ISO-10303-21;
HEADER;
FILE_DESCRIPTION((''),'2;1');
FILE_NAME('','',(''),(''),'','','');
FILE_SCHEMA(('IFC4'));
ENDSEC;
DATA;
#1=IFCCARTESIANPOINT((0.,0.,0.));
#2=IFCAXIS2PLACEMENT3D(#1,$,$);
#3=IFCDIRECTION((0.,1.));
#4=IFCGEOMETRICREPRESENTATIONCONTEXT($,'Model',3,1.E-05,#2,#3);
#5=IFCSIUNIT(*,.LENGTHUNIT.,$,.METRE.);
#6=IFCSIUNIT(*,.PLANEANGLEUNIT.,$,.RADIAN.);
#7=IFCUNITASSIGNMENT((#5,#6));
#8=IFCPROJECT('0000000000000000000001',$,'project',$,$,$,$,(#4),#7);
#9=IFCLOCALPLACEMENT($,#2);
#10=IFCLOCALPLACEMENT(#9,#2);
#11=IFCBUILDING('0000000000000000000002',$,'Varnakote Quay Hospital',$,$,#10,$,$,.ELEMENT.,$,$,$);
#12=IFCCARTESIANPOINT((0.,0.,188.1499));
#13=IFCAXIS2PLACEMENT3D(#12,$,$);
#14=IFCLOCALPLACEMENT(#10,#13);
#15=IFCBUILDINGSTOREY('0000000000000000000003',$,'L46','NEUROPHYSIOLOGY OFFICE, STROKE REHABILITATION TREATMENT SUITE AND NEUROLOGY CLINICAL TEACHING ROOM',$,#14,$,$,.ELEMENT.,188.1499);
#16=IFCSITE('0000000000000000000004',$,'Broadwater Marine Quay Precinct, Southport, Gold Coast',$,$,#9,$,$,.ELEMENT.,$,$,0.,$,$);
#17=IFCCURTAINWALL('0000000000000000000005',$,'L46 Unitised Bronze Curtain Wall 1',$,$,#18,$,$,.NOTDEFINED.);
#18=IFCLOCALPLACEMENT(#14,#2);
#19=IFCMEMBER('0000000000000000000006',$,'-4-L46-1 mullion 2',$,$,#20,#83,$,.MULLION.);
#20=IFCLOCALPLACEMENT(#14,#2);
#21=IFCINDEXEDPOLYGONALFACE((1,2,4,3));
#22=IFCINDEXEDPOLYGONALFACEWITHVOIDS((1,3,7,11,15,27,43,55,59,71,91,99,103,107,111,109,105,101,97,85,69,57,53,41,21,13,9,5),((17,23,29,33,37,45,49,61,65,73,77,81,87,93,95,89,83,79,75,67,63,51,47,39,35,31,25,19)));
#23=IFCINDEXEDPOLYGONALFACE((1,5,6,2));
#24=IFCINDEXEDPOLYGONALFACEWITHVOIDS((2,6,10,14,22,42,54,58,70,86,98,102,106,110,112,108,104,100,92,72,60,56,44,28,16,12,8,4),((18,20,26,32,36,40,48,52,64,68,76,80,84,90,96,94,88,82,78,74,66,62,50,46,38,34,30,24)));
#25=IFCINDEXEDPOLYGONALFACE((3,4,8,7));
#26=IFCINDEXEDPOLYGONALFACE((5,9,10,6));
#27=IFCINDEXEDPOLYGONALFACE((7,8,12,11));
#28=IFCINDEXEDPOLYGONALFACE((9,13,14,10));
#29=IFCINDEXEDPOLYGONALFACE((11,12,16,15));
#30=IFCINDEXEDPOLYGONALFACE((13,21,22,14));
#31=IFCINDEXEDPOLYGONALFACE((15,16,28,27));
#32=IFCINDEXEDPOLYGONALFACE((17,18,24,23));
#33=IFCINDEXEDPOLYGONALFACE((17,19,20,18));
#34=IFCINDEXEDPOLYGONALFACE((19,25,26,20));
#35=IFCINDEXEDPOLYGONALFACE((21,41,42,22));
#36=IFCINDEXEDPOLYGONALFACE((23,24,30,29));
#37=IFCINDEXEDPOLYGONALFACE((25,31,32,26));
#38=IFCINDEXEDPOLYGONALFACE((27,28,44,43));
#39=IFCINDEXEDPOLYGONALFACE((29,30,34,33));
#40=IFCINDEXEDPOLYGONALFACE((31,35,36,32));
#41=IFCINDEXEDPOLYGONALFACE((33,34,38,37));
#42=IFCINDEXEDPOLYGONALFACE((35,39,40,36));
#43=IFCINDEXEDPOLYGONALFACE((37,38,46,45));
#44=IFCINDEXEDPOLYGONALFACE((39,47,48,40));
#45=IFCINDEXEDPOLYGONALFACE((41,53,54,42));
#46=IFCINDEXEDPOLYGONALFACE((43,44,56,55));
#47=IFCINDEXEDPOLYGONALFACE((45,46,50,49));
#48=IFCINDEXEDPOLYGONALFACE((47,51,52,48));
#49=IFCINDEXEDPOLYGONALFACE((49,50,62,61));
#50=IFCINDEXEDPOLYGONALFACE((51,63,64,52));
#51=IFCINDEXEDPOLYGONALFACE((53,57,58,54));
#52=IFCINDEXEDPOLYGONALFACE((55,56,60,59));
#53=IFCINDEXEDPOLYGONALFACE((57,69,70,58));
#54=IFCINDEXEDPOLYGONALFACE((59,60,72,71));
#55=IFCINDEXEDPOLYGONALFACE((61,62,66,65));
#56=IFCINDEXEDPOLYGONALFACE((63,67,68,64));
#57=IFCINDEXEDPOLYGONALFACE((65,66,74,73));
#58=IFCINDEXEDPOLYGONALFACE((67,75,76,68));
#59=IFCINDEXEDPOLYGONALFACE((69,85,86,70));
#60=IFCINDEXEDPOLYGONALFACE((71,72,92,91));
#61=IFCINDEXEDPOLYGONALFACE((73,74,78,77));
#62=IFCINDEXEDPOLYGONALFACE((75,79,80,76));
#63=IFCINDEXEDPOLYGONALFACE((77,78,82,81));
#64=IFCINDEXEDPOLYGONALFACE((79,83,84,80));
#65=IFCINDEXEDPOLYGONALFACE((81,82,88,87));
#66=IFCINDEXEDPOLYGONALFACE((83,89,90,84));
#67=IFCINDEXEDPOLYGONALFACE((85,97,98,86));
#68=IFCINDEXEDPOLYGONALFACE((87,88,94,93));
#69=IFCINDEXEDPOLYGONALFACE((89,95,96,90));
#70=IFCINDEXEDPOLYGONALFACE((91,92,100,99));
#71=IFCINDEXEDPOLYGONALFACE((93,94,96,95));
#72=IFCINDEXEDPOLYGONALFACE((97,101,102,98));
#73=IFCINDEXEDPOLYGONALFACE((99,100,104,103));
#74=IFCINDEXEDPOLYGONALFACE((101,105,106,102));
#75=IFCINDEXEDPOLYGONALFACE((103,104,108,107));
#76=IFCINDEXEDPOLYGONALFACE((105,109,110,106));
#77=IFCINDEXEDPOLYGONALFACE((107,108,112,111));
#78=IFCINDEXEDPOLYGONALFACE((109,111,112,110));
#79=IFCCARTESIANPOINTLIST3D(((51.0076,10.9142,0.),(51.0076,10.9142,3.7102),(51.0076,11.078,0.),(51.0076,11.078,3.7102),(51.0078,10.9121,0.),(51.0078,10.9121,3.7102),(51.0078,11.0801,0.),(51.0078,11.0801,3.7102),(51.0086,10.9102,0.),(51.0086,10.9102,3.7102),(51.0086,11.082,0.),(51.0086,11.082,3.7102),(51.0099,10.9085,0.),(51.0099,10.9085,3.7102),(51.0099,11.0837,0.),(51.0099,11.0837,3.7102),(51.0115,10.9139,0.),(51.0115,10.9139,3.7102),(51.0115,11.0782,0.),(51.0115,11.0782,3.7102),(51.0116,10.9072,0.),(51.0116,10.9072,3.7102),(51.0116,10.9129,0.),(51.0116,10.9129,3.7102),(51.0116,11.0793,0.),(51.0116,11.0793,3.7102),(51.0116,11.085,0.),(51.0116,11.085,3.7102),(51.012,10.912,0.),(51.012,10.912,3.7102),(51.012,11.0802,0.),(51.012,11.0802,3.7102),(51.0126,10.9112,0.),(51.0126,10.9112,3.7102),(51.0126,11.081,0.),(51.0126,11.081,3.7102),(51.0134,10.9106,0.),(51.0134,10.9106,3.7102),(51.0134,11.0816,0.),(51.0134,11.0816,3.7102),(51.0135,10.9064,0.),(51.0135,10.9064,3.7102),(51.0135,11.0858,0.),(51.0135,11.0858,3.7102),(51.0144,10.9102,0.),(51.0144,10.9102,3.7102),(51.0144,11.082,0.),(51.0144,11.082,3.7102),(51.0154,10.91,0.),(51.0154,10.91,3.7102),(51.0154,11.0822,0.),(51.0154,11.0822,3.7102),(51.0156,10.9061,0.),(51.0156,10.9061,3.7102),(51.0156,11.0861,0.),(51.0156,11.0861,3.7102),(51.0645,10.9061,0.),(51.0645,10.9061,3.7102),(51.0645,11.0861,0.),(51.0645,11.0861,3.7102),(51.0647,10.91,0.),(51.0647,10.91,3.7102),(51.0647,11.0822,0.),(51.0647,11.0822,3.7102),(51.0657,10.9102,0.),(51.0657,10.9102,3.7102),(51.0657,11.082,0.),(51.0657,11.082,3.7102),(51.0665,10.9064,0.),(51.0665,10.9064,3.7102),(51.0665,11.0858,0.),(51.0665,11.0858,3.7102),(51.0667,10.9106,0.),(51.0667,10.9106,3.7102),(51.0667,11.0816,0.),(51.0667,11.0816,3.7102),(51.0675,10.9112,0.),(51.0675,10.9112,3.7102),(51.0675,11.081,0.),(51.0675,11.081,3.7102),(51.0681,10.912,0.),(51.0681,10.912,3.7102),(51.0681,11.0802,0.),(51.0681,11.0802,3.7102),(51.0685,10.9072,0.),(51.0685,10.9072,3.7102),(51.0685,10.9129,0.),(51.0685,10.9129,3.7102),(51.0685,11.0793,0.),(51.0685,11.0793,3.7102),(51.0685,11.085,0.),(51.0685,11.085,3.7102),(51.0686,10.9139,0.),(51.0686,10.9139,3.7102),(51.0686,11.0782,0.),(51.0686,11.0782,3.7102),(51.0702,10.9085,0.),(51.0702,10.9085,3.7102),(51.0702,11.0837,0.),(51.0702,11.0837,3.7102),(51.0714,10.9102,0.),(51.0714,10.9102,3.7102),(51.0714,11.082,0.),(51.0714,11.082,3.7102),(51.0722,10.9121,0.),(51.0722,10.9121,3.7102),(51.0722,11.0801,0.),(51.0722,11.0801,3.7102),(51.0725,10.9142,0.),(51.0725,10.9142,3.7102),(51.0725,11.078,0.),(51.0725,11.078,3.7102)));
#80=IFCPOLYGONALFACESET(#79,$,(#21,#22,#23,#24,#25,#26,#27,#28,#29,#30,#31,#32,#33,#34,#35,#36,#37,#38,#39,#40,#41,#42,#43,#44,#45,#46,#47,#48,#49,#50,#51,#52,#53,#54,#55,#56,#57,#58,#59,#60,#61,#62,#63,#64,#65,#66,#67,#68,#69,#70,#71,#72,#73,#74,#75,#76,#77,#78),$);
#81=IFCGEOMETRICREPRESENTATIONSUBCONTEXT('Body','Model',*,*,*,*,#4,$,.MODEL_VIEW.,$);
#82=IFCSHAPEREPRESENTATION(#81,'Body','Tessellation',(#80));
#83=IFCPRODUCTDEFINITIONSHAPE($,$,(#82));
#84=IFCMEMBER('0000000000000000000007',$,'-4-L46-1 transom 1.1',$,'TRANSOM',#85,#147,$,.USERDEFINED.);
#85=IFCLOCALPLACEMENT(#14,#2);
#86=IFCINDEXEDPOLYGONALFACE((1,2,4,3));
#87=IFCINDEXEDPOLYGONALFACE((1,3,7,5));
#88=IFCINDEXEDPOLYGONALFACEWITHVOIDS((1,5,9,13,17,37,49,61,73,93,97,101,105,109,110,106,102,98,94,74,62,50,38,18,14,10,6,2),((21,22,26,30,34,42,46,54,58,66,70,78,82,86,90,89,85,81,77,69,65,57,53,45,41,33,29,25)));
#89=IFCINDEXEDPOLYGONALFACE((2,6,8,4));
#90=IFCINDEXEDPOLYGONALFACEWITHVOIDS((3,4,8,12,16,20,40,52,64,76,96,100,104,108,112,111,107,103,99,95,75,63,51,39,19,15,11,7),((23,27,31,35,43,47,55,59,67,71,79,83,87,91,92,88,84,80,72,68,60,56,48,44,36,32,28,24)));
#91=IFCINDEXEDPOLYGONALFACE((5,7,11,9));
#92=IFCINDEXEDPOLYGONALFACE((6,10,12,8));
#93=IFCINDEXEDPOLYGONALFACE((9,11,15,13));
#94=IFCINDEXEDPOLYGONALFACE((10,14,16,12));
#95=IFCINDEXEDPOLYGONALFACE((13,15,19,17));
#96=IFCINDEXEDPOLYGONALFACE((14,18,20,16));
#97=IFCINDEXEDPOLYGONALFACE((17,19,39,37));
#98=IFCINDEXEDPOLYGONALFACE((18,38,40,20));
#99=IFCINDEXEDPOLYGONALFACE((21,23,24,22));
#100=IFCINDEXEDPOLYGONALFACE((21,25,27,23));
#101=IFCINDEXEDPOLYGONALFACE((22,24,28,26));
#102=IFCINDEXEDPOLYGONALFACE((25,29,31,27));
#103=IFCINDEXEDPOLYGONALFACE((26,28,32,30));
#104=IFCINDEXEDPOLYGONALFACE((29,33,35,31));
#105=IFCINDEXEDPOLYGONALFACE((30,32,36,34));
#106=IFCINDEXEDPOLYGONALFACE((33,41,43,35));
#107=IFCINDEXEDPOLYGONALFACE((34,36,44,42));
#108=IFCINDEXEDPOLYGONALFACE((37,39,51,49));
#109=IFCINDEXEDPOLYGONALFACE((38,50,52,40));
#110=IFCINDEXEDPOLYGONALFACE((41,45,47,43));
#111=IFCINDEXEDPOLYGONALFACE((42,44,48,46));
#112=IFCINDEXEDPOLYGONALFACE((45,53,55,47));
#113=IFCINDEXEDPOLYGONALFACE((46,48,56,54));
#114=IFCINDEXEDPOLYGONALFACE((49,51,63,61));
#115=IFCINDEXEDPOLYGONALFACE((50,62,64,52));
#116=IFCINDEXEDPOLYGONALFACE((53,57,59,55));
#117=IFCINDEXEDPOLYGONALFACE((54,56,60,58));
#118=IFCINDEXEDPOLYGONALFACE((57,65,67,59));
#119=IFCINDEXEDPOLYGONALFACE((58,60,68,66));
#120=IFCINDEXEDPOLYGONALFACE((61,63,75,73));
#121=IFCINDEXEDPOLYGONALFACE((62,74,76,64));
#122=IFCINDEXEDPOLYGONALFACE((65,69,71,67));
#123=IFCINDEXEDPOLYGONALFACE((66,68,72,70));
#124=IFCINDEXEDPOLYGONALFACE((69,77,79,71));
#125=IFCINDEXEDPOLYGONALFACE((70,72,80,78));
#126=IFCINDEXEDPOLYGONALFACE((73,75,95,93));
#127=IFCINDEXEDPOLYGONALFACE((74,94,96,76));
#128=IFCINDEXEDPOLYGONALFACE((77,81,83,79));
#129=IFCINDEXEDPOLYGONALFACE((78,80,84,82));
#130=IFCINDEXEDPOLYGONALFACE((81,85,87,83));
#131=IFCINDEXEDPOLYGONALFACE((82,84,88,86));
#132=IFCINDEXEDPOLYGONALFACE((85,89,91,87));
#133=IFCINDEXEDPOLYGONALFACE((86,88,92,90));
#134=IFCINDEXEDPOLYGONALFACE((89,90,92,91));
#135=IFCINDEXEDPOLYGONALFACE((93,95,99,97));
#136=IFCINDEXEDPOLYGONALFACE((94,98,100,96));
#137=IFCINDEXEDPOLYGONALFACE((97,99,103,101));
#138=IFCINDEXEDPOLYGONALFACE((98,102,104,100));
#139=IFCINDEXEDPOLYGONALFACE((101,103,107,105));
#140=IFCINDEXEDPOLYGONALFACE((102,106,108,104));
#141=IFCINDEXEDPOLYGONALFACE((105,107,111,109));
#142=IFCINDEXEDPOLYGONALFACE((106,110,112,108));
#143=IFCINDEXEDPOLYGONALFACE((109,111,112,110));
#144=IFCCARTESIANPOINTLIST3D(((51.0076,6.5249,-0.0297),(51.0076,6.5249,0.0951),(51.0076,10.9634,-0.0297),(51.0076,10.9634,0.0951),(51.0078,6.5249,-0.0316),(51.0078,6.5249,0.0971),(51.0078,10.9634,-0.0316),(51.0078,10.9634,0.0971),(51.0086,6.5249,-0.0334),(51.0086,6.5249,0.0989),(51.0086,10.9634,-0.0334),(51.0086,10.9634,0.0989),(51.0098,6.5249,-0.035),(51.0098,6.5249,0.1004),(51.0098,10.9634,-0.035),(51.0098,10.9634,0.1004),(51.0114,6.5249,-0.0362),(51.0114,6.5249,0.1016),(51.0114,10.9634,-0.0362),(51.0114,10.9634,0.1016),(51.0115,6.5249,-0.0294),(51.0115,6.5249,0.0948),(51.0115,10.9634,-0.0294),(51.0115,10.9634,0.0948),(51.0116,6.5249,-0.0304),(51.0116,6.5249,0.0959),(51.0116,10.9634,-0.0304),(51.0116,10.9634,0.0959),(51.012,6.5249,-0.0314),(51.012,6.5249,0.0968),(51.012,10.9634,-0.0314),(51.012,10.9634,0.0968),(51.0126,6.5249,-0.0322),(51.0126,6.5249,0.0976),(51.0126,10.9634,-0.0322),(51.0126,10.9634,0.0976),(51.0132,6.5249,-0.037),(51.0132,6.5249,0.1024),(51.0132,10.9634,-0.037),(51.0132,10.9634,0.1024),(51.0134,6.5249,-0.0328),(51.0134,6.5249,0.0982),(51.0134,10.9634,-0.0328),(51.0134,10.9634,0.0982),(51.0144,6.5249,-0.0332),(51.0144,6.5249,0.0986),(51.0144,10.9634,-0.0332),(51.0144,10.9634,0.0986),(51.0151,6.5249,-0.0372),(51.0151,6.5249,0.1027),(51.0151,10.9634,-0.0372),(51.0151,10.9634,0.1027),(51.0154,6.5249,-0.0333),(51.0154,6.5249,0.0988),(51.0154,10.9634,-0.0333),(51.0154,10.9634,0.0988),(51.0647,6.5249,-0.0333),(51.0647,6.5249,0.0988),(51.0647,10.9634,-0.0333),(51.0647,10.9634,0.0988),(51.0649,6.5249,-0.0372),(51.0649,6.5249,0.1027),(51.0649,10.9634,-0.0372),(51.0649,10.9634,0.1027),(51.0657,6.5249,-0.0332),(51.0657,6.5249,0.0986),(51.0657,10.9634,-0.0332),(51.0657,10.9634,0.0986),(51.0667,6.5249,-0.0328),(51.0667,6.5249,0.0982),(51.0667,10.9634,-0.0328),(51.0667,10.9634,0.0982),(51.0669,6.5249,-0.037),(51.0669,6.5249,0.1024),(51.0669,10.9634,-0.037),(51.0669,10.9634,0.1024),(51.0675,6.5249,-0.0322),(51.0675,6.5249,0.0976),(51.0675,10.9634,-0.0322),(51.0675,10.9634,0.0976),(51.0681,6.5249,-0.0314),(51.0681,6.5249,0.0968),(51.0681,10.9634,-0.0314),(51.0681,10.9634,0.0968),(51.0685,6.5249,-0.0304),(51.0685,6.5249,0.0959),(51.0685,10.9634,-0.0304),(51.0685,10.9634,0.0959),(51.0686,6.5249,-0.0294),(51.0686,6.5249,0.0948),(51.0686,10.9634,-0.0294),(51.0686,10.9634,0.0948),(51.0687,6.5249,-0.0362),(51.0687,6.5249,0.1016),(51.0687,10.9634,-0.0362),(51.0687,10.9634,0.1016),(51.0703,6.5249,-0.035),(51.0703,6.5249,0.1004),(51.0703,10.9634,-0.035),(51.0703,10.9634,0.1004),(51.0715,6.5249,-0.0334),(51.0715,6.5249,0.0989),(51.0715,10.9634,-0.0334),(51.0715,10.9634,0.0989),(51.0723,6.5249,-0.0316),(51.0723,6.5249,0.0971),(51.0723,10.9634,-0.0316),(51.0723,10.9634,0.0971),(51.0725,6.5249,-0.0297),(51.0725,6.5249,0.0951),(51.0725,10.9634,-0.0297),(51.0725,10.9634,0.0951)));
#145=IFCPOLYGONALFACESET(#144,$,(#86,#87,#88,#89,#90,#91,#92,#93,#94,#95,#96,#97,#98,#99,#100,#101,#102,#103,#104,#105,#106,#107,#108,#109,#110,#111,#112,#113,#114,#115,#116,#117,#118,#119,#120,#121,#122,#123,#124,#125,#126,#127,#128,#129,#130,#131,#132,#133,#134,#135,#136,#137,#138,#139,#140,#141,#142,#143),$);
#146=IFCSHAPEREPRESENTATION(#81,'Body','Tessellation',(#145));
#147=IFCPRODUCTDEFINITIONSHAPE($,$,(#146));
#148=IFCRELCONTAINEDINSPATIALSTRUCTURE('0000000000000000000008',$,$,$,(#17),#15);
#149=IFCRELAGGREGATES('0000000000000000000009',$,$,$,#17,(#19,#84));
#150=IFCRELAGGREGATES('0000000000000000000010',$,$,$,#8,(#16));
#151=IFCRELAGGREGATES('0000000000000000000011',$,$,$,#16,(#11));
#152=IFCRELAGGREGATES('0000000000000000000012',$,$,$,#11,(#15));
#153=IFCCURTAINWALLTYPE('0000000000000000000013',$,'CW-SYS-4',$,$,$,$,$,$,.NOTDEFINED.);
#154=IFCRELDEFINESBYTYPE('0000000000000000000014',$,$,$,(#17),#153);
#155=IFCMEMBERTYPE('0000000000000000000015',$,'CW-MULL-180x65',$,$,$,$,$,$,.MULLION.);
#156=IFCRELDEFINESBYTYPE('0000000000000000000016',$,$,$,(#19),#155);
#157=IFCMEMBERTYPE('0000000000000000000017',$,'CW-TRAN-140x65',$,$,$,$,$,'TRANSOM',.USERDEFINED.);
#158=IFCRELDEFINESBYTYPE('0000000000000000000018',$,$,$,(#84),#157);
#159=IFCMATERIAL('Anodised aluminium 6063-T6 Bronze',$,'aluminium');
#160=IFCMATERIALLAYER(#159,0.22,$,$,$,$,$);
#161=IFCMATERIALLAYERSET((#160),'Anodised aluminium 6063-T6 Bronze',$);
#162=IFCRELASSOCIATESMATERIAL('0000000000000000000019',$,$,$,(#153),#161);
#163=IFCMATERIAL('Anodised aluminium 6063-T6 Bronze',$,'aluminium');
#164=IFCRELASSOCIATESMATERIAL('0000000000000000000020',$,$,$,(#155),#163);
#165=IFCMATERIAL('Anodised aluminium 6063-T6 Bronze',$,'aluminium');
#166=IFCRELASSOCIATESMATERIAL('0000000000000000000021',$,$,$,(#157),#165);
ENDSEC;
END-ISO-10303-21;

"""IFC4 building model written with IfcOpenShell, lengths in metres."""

from ifc_helpers import new_model, si_unit, direction, frame, origin, origin_2d, place, context, subcontext, project, spatial, hollow_rectangle, extrude, material, layer, layer_set, material_profile, profile_set, type_object, element, aggregate, save


model = new_model("IFC4")

# Units and contexts
model_context = context("Model", 3, precision=1e-05, world=origin(), true_north=direction((0.0, 1.0)))
body_context = subcontext(model_context, "Body", "Model", "MODEL_VIEW")
ifc_project = project(units=[si_unit("LENGTHUNIT", "METRE"), si_unit("PLANEANGLEUNIT", "RADIAN")], contexts=[model_context])

# Site, building, storey
site_placement = place(None, origin())
site = spatial("IfcSite", under=ifc_project, at=site_placement, Name="Broadwater Marine Quay Precinct, Southport, Gold Coast", CompositionType="ELEMENT", RefElevation=0.0)
building_placement = place(site_placement, origin())
building = spatial("IfcBuilding", under=site, at=building_placement, Name="Varnakote Quay Hospital", CompositionType="ELEMENT")
storey_placement = place(building_placement, frame((0.0, 0.0, 188.1499)))
storey = spatial("IfcBuildingStorey", under=building, at=storey_placement, Name="L46", Description="NEUROPHYSIOLOGY OFFICE, STROKE REHABILITATION TREATMENT SUITE AND NEUROLOGY CLINICAL TEACHING ROOM", CompositionType="ELEMENT", Elevation=188.1499)

# Curtain wall, members
ifc_material_1 = material(Name="Anodised aluminium 6063-T6 Bronze", Category="aluminium")
ifc_layer_1 = layer(ifc_material_1, 0.22)
ifc_layer_set_1 = layer_set([ifc_layer_1], Name="Anodised aluminium 6063-T6 Bronze")
curtain_wall_type = type_object("IfcCurtainWallType", Name="CW-SYS-4", PredefinedType="NOTDEFINED", material=ifc_layer_set_1)
curtain_wall_placement = place(storey_placement, origin())
curtain_wall = element("IfcCurtainWall", 1, at=curtain_wall_placement, inside=storey, type_object=curtain_wall_type, Name="L46 Unitised Bronze Curtain Wall 1", PredefinedType="NOTDEFINED")
ifc_material_2 = material(Name="Anodised aluminium 6063-T6 Bronze", Category="aluminium")
ifc_material_profile_1 = material_profile(ifc_material_2, hollow_rectangle(XDim=0.0649, YDim=0.1799, WallThickness=0.0039, InnerFilletRadius=0.0039, OuterFilletRadius=0.0081, at=origin_2d()), Name="CW-MULL-180x65")
ifc_profile_set_1 = profile_set([ifc_material_profile_1], Name="Anodised aluminium 6063-T6 Bronze")
member_type_1 = type_object("IfcMemberType", Name="CW-MULL-180x65", PredefinedType="MULLION", material=ifc_profile_set_1)
member_1_placement = place(storey_placement, frame((51.04, 10.9961, 0.0), z_axis=(0.0, 0.0, 1.0), x_axis=(-1.0, 0.0, 0.0)))
member_1 = element("IfcMember", 2, at=member_1_placement, type_object=member_type_1, Name="-4-L46-1 mullion 2", PredefinedType="MULLION", context=body_context, shape_type="SweptSolid", body=[
    extrude(hollow_rectangle(XDim=0.0649, YDim=0.1799, WallThickness=0.0039, InnerFilletRadius=0.0039, OuterFilletRadius=0.0081, at=origin_2d()), origin(), (0.0, 0.0, 1.0), 3.7102),
])
ifc_material_3 = material(Name="Anodised aluminium 6063-T6 Bronze", Category="aluminium")
ifc_material_profile_2 = material_profile(ifc_material_3, hollow_rectangle(XDim=0.0649, YDim=0.1399, WallThickness=0.0039, InnerFilletRadius=0.0039, OuterFilletRadius=0.0076, at=origin_2d()), Name="CW-TRAN-140x65")
ifc_profile_set_2 = profile_set([ifc_material_profile_2], Name="Anodised aluminium 6063-T6 Bronze")
member_type_2 = type_object("IfcMemberType", Name="CW-TRAN-140x65", ElementType="TRANSOM", PredefinedType="USERDEFINED", material=ifc_profile_set_2)
member_2_placement = place(storey_placement, frame((51.04, 6.5249, 0.0327), z_axis=(0.0, 1.0, 0.0), x_axis=(-1.0, 0.0, 0.0)))
member_2 = element("IfcMember", 3, at=member_2_placement, type_object=member_type_2, Name="-4-L46-1 transom 1.1", ObjectType="TRANSOM", PredefinedType="USERDEFINED", context=body_context, shape_type="SweptSolid", body=[
    extrude(hollow_rectangle(XDim=0.0649, YDim=0.1399, WallThickness=0.0039, InnerFilletRadius=0.0039, OuterFilletRadius=0.0076, at=origin_2d()), origin(), (0.0, 0.0, 1.0), 4.4385),
])
aggregate(curtain_wall, [member_1, member_2])

save(model, "model.ifc")
